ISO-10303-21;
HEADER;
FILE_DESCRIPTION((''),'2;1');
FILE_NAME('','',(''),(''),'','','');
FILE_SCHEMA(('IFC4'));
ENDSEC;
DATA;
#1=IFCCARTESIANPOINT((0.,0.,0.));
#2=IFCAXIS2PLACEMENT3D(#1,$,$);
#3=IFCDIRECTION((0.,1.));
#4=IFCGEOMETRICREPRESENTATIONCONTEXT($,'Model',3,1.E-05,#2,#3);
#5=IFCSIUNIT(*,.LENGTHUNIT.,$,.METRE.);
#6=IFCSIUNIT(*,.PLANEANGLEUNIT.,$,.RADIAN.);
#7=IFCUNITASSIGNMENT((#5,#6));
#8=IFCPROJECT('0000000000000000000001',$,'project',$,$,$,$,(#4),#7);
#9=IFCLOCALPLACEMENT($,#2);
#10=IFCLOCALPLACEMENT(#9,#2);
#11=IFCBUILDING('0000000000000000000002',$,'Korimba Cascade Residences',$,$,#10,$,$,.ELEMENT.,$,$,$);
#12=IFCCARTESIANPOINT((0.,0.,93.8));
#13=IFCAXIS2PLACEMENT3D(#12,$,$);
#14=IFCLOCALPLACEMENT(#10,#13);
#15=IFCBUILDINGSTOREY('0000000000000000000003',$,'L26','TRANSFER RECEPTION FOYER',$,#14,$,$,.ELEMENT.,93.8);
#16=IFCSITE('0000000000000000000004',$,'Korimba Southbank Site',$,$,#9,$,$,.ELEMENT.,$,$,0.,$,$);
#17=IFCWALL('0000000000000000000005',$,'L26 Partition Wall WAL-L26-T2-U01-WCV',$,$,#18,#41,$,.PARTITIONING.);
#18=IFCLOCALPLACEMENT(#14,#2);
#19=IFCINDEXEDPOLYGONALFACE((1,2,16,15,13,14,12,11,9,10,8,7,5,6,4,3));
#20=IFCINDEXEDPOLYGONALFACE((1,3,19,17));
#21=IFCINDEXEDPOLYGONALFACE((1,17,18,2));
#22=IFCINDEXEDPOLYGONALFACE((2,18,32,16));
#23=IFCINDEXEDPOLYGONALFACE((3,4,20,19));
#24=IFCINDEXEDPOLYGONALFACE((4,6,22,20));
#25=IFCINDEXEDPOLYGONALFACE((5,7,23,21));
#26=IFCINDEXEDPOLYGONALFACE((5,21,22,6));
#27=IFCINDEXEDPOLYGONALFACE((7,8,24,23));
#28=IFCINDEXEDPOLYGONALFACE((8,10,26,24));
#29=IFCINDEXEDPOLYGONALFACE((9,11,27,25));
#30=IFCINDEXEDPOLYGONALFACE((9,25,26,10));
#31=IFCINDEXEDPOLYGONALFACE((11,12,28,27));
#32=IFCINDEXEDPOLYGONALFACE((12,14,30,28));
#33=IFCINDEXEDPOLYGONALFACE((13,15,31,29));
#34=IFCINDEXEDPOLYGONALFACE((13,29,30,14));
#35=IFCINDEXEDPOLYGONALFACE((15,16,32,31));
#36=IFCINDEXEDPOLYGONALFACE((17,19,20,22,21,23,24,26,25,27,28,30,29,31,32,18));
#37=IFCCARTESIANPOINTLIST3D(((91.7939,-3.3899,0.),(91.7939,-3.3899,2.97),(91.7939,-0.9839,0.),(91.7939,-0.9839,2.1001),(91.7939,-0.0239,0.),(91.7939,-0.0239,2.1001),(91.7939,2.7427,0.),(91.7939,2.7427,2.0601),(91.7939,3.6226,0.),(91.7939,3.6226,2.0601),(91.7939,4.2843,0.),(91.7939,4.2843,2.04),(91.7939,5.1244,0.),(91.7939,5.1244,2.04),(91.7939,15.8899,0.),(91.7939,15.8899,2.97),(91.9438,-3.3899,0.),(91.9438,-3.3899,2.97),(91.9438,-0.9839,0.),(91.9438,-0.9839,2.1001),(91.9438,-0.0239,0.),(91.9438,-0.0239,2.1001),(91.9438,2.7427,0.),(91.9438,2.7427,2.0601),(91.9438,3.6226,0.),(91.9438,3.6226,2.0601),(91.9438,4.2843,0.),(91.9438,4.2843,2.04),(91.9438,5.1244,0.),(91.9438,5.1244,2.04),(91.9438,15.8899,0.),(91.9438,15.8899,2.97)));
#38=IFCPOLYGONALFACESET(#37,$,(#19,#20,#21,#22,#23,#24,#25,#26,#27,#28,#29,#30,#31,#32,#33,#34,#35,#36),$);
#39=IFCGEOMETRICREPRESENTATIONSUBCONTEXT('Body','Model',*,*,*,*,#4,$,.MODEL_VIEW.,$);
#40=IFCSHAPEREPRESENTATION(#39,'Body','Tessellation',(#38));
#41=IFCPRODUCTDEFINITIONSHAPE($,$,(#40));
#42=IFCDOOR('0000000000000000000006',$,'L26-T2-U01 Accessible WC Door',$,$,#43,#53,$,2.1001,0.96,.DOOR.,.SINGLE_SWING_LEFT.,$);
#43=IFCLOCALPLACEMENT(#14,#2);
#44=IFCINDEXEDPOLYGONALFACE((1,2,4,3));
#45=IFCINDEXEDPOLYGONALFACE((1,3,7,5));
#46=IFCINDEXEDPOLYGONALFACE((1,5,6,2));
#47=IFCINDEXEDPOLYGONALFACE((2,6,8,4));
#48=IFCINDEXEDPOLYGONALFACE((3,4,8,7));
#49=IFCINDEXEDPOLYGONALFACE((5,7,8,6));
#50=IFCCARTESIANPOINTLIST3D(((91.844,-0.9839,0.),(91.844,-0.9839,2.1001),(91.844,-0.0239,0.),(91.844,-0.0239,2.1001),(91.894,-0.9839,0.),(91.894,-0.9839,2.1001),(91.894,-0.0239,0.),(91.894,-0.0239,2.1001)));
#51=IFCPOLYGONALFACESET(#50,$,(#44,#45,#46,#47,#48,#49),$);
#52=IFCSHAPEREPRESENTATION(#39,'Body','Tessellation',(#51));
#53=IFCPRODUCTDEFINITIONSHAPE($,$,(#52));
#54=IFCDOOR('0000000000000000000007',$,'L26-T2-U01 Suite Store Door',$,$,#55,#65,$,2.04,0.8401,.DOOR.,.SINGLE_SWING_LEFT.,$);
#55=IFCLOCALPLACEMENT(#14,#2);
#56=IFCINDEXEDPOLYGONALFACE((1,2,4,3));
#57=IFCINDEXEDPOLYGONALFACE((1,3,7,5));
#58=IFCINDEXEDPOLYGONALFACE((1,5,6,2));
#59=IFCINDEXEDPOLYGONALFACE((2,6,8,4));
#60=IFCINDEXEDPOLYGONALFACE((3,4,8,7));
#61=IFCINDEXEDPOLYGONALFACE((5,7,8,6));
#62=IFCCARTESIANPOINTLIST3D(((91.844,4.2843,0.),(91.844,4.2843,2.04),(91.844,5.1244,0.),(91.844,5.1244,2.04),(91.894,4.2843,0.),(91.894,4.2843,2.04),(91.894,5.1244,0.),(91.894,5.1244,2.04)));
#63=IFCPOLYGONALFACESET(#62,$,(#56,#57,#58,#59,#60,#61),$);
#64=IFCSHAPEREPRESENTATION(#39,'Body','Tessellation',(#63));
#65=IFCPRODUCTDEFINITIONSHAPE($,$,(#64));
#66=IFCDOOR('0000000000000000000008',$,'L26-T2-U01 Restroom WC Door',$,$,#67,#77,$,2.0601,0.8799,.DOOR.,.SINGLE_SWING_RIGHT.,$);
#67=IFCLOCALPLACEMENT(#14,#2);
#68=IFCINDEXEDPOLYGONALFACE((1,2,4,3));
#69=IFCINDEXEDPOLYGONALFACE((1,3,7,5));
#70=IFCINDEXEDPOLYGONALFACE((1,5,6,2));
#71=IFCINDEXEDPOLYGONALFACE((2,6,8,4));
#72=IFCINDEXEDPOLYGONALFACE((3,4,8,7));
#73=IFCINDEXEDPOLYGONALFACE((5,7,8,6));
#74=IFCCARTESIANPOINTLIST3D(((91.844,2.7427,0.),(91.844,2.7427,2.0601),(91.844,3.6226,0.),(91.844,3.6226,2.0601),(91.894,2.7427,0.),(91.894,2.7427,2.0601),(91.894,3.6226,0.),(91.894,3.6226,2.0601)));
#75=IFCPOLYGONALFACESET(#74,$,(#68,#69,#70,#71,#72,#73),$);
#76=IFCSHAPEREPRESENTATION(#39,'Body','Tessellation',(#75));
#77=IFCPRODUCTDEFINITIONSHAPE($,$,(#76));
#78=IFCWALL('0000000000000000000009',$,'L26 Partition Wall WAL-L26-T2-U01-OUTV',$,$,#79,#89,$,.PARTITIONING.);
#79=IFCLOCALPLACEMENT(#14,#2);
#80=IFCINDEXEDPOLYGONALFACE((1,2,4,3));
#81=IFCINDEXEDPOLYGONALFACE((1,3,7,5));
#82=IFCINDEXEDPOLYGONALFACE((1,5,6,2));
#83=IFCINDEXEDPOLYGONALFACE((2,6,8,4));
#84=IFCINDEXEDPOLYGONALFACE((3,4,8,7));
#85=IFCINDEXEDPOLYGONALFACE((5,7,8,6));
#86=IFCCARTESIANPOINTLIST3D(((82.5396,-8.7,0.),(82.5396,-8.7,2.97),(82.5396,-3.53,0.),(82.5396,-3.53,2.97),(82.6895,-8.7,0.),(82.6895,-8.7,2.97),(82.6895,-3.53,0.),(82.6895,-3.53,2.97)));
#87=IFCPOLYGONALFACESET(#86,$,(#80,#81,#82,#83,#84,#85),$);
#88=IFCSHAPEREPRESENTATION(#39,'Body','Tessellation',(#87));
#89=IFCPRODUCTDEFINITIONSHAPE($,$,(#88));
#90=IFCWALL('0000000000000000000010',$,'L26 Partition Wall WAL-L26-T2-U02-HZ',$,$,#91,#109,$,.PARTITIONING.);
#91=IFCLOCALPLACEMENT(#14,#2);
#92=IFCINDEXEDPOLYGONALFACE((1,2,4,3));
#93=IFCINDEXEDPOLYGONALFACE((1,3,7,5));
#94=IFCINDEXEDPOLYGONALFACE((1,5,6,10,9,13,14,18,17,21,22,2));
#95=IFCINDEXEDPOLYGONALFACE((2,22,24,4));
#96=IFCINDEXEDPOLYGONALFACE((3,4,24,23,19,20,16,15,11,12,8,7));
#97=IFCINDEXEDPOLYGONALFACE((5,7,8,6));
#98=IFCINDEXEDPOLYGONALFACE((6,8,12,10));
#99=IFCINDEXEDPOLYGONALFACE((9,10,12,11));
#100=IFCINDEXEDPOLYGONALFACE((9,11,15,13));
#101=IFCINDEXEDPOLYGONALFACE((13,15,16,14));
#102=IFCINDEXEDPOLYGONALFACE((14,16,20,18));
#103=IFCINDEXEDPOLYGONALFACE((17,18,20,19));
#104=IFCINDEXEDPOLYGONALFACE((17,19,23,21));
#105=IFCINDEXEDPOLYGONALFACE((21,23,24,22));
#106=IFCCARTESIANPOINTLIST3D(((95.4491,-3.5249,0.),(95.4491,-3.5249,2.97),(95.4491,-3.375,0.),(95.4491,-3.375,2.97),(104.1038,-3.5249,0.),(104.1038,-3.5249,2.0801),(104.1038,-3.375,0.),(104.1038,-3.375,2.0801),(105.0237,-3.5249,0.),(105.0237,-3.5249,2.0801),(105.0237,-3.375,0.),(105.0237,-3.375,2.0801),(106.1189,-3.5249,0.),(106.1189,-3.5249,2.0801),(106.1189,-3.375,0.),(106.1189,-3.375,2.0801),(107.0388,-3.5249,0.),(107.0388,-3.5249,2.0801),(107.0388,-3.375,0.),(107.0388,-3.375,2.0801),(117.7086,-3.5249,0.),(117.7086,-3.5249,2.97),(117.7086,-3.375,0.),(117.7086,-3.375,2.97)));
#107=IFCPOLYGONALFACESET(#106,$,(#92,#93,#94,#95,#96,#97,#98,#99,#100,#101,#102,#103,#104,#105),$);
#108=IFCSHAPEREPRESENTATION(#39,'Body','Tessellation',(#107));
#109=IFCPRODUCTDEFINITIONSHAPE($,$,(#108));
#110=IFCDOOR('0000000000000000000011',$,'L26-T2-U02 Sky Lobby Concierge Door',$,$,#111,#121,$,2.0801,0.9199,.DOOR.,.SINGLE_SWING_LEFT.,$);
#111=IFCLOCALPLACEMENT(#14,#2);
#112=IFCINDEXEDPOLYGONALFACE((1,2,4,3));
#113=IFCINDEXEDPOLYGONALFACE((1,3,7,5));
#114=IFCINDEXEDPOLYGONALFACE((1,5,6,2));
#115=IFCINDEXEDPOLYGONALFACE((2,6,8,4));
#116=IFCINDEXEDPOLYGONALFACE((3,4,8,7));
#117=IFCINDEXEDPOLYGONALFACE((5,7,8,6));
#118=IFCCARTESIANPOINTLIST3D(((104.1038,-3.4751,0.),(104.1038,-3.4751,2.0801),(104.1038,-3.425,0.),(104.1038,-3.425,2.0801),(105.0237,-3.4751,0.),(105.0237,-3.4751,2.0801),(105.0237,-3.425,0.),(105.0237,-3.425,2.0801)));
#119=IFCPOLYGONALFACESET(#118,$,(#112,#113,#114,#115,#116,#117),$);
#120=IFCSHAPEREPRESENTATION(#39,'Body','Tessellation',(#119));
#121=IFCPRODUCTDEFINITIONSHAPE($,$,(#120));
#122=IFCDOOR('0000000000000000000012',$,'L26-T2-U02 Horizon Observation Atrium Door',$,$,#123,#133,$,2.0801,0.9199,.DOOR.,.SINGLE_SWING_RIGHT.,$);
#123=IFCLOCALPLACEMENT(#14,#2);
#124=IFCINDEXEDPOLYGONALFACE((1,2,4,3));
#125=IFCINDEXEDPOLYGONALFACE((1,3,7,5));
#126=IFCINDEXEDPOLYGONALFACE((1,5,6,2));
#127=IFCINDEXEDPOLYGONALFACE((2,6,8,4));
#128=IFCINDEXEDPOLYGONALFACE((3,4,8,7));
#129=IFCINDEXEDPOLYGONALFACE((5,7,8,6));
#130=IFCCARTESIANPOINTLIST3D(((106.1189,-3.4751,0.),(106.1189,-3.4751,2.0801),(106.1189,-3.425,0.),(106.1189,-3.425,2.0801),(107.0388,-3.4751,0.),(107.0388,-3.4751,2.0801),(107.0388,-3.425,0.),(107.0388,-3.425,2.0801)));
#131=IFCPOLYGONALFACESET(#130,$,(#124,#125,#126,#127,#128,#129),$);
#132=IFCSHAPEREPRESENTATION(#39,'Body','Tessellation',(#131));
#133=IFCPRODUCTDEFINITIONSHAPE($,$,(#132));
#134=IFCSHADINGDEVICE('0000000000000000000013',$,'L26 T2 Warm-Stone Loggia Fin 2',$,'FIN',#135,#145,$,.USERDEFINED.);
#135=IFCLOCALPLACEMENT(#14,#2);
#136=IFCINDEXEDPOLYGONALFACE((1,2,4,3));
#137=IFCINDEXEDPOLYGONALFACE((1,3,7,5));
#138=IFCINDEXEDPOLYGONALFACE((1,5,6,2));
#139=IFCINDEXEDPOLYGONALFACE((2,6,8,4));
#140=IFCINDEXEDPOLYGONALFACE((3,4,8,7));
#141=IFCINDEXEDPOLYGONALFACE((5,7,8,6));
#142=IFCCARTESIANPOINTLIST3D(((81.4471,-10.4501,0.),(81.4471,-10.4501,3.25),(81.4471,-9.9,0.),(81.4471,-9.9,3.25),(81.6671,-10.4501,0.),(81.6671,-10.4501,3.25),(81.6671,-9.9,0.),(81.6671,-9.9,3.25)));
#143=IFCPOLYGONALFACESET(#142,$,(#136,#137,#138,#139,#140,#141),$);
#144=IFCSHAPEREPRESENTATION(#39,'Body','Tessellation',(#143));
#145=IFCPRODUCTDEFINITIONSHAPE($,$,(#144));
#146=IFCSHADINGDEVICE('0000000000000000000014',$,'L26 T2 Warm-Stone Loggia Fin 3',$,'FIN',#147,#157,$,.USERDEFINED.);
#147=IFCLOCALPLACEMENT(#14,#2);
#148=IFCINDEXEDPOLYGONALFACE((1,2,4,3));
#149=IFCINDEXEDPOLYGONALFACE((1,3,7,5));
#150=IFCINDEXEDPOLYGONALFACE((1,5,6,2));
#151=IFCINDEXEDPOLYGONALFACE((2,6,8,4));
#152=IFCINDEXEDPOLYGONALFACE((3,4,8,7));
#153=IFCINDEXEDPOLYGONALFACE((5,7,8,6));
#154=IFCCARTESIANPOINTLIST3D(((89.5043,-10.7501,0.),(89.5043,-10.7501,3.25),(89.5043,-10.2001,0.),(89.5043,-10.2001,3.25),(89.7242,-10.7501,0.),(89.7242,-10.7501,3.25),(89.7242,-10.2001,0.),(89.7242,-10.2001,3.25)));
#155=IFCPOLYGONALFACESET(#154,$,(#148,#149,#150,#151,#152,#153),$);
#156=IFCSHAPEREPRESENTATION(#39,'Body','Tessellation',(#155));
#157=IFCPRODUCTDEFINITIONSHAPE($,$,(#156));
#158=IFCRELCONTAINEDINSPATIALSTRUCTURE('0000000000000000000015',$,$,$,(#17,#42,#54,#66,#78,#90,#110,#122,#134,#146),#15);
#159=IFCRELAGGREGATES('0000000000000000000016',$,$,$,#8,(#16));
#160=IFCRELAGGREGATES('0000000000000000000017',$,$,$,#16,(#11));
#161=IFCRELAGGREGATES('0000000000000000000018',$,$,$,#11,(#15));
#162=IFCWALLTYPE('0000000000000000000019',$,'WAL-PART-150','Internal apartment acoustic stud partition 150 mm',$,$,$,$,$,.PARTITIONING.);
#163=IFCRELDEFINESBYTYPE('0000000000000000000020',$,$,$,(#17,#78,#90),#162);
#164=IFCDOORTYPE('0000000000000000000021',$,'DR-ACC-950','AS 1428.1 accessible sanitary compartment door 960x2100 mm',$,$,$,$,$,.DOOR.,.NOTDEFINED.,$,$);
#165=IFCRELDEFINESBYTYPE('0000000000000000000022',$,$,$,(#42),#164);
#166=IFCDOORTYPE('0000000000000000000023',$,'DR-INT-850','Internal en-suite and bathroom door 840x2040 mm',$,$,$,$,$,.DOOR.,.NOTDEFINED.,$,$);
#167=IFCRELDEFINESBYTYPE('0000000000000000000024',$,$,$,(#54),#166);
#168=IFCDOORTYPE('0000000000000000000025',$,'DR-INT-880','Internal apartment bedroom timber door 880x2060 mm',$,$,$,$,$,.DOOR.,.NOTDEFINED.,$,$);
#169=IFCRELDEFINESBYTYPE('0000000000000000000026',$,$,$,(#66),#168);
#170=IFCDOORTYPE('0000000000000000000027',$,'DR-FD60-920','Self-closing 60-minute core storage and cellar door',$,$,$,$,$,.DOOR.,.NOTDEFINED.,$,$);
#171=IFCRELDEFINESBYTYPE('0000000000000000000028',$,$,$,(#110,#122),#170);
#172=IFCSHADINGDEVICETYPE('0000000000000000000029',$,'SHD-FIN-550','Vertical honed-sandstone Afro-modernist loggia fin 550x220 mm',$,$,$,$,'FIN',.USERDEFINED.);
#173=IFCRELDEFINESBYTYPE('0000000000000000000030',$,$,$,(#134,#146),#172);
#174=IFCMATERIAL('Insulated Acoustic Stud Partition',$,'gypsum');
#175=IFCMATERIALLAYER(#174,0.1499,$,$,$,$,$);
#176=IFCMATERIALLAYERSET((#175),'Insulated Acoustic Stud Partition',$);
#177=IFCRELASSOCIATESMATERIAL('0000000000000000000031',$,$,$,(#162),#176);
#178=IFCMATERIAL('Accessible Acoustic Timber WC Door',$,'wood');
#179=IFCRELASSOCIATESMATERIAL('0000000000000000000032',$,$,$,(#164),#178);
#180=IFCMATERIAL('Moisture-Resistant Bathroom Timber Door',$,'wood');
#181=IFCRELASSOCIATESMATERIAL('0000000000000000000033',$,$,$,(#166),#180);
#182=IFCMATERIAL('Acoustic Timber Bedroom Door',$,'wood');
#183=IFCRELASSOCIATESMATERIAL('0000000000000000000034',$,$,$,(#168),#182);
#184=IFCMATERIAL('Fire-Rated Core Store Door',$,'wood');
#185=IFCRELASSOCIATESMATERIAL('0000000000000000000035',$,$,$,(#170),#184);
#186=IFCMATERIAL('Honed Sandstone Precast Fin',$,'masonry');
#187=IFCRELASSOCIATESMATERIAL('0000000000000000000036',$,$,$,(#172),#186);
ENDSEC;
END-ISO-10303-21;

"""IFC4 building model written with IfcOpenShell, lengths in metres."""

from ifc_helpers import new_model, si_unit, direction, frame, frame_2d, origin, origin_2d, place, context, subcontext, project, spatial, rectangle, extrude, material, layer, layer_set, type_object, element, fill, save


model = new_model("IFC4")

# Units and contexts
model_context = context("Model", 3, precision=1e-05, world=origin(), true_north=direction((0.0, 1.0)))
body_context = subcontext(model_context, "Body", "Model", "MODEL_VIEW")
ifc_project = project(units=[si_unit("LENGTHUNIT", "METRE"), si_unit("PLANEANGLEUNIT", "RADIAN")], contexts=[model_context])

# Site, building, storey
site_placement = place(None, origin())
site = spatial("IfcSite", under=ifc_project, at=site_placement, Name="Korimba Southbank Site", CompositionType="ELEMENT", RefElevation=0.0)
building_placement = place(site_placement, origin())
building = spatial("IfcBuilding", under=site, at=building_placement, Name="Korimba Cascade Residences", CompositionType="ELEMENT")
storey_placement = place(building_placement, frame((0.0, 0.0, 93.8)))
storey = spatial("IfcBuildingStorey", under=building, at=storey_placement, Name="L26", Description="TRANSFER RECEPTION FOYER", CompositionType="ELEMENT", Elevation=93.8)

# Shared definitions
ifc_material_1 = material(Name="Insulated Acoustic Stud Partition", Category="gypsum")
ifc_layer_1 = layer(ifc_material_1, 0.1499)
ifc_layer_set_1 = layer_set([ifc_layer_1], Name="Insulated Acoustic Stud Partition")
wall_type_1 = type_object("IfcWallType", Name="WAL-PART-150", Description="Internal apartment acoustic stud partition 150 mm", PredefinedType="PARTITIONING", material=ifc_layer_set_1)

# Wall, openings, doors
wall_1_placement = place(storey_placement, frame((91.8689, -3.3899, 0.0), z_axis=(0.0, 0.0, 1.0), x_axis=(0.0, 1.0, 0.0)))
wall_1 = element("IfcWall", 1, at=wall_1_placement, inside=storey, type_object=wall_type_1, Name="L26 Partition Wall WAL-L26-T2-U01-WCV", PredefinedType="PARTITIONING", context=body_context, shape_type="SweptSolid", body=[
    extrude(rectangle(XDim=19.2798, YDim=0.1499, at=frame_2d((9.6399, 0.0))), origin(), (0.0, 0.0, 1.0), 2.97),
])
opening_1_placement = place(wall_1_placement, frame((2.406, 0.0, 0.0)))
opening_1 = element("IfcOpeningElement", 2, at=opening_1_placement, cuts=wall_1, PredefinedType="OPENING", context=body_context, shape_type="SweptSolid", body=[
    extrude(rectangle(XDim=0.96, YDim=2.1001, at=frame_2d((0.48, 1.05))), frame((0.0, 0.085, 0.0), z_axis=(0.0, -1.0, 0.0), x_axis=(1.0, 0.0, 0.0)), (0.0, 0.0, 1.0), 0.1699),
])
opening_2_placement = place(wall_1_placement, frame((6.1326, 0.0, 0.0)))
opening_2 = element("IfcOpeningElement", 3, at=opening_2_placement, cuts=wall_1, PredefinedType="OPENING", context=body_context, shape_type="SweptSolid", body=[
    extrude(rectangle(XDim=0.8799, YDim=2.0601, at=frame_2d((0.4399, 1.03))), frame((0.0, 0.085, 0.0), z_axis=(0.0, -1.0, 0.0), x_axis=(1.0, 0.0, 0.0)), (0.0, 0.0, 1.0), 0.1699),
])
opening_3_placement = place(wall_1_placement, frame((7.6743, 0.0, 0.0)))
opening_3 = element("IfcOpeningElement", 4, at=opening_3_placement, cuts=wall_1, PredefinedType="OPENING", context=body_context, shape_type="SweptSolid", body=[
    extrude(rectangle(XDim=0.8401, YDim=2.04, at=frame_2d((0.4199, 1.02))), frame((0.0, 0.085, 0.0), z_axis=(0.0, -1.0, 0.0), x_axis=(1.0, 0.0, 0.0)), (0.0, 0.0, 1.0), 0.1699),
])
ifc_material_2 = material(Name="Accessible Acoustic Timber WC Door", Category="wood")
door_type_1 = type_object("IfcDoorType", Name="DR-ACC-950", Description="AS 1428.1 accessible sanitary compartment door 960x2100 mm", OperationType="NOTDEFINED", PredefinedType="DOOR", material=ifc_material_2)
door_1_placement = place(opening_1_placement, origin())
door_1 = element("IfcDoor", 5, at=door_1_placement, inside=storey, type_object=door_type_1, Name="L26-T2-U01 Accessible WC Door", OperationType="SINGLE_SWING_LEFT", OverallHeight=2.1001, OverallWidth=0.96, PredefinedType="DOOR", context=body_context, shape_type="SweptSolid", body=[
    extrude(rectangle(XDim=0.96, YDim=2.1001, at=frame_2d((0.48, 1.05))), frame((0.0, 0.0249, 0.0), z_axis=(0.0, -1.0, 0.0), x_axis=(1.0, 0.0, 0.0)), (0.0, 0.0, 1.0), 0.05),
])
fill(opening_1, door_1)
ifc_material_3 = material(Name="Moisture-Resistant Bathroom Timber Door", Category="wood")
door_type_2 = type_object("IfcDoorType", Name="DR-INT-850", Description="Internal en-suite and bathroom door 840x2040 mm", OperationType="NOTDEFINED", PredefinedType="DOOR", material=ifc_material_3)
door_2_placement = place(opening_3_placement, origin())
door_2 = element("IfcDoor", 6, at=door_2_placement, inside=storey, type_object=door_type_2, Name="L26-T2-U01 Suite Store Door", OperationType="SINGLE_SWING_LEFT", OverallHeight=2.04, OverallWidth=0.8401, PredefinedType="DOOR", context=body_context, shape_type="SweptSolid", body=[
    extrude(rectangle(XDim=0.8401, YDim=2.04, at=frame_2d((0.4199, 1.02))), frame((0.0, 0.0249, 0.0), z_axis=(0.0, -1.0, 0.0), x_axis=(1.0, 0.0, 0.0)), (0.0, 0.0, 1.0), 0.05),
])
fill(opening_3, door_2)
ifc_material_4 = material(Name="Acoustic Timber Bedroom Door", Category="wood")
door_type_3 = type_object("IfcDoorType", Name="DR-INT-880", Description="Internal apartment bedroom timber door 880x2060 mm", OperationType="NOTDEFINED", PredefinedType="DOOR", material=ifc_material_4)
door_3_placement = place(opening_2_placement, origin())
door_3 = element("IfcDoor", 7, at=door_3_placement, inside=storey, type_object=door_type_3, Name="L26-T2-U01 Restroom WC Door", OperationType="SINGLE_SWING_RIGHT", OverallHeight=2.0601, OverallWidth=0.8799, PredefinedType="DOOR", context=body_context, shape_type="SweptSolid", body=[
    extrude(rectangle(XDim=0.8799, YDim=2.0601, at=frame_2d((0.4399, 1.03))), frame((0.0, 0.0249, 0.0), z_axis=(0.0, -1.0, 0.0), x_axis=(1.0, 0.0, 0.0)), (0.0, 0.0, 1.0), 0.05),
])
fill(opening_2, door_3)

# Wall
wall_2_placement = place(storey_placement, frame((82.6145, -8.7, 0.0), z_axis=(0.0, 0.0, 1.0), x_axis=(0.0, 1.0, 0.0)))
element("IfcWall", 8, at=wall_2_placement, inside=storey, type_object=wall_type_1, Name="L26 Partition Wall WAL-L26-T2-U01-OUTV", PredefinedType="PARTITIONING", context=body_context, shape_type="SweptSolid", body=[
    extrude(rectangle(XDim=5.1699, YDim=0.1499, at=frame_2d((2.585, 0.0))), origin(), (0.0, 0.0, 1.0), 2.97),
])

# Wall, openings, doors
wall_3_placement = place(storey_placement, frame((95.449, -3.45, 0.0), z_axis=(0.0, 0.0, 1.0), x_axis=(1.0, 0.0, 0.0)))
wall_3 = element("IfcWall", 9, at=wall_3_placement, inside=storey, type_object=wall_type_1, Name="L26 Partition Wall WAL-L26-T2-U02-HZ", PredefinedType="PARTITIONING", context=body_context, shape_type="SweptSolid", body=[
    extrude(rectangle(XDim=22.2595, YDim=0.1499, at=frame_2d((11.1299, 0.0))), origin(), (0.0, 0.0, 1.0), 2.97),
])
opening_4_placement = place(wall_3_placement, frame((8.6548, 0.0, 0.0)))
opening_4 = element("IfcOpeningElement", 10, at=opening_4_placement, cuts=wall_3, PredefinedType="OPENING", context=body_context, shape_type="SweptSolid", body=[
    extrude(rectangle(XDim=0.9199, YDim=2.0801, at=frame_2d((0.46, 1.04))), frame((0.0, 0.085, 0.0), z_axis=(0.0, -1.0, 0.0), x_axis=(1.0, 0.0, 0.0)), (0.0, 0.0, 1.0), 0.1699),
])
opening_5_placement = place(wall_3_placement, frame((10.6699, 0.0, 0.0)))
opening_5 = element("IfcOpeningElement", 11, at=opening_5_placement, cuts=wall_3, PredefinedType="OPENING", context=body_context, shape_type="SweptSolid", body=[
    extrude(rectangle(XDim=0.9199, YDim=2.0801, at=frame_2d((0.46, 1.04))), frame((0.0, 0.085, 0.0), z_axis=(0.0, -1.0, 0.0), x_axis=(1.0, 0.0, 0.0)), (0.0, 0.0, 1.0), 0.1699),
])
ifc_material_5 = material(Name="Fire-Rated Core Store Door", Category="wood")
door_type_4 = type_object("IfcDoorType", Name="DR-FD60-920", Description="Self-closing 60-minute core storage and cellar door", OperationType="NOTDEFINED", PredefinedType="DOOR", material=ifc_material_5)
door_4_placement = place(opening_4_placement, origin())
door_4 = element("IfcDoor", 12, at=door_4_placement, inside=storey, type_object=door_type_4, Name="L26-T2-U02 Sky Lobby Concierge Door", OperationType="SINGLE_SWING_LEFT", OverallHeight=2.0801, OverallWidth=0.9199, PredefinedType="DOOR", context=body_context, shape_type="SweptSolid", body=[
    extrude(rectangle(XDim=0.9199, YDim=2.0801, at=frame_2d((0.46, 1.04))), frame((0.0, 0.0249, 0.0), z_axis=(0.0, -1.0, 0.0), x_axis=(1.0, 0.0, 0.0)), (0.0, 0.0, 1.0), 0.05),
])
fill(opening_4, door_4)
door_5_placement = place(opening_5_placement, origin())
door_5 = element("IfcDoor", 13, at=door_5_placement, inside=storey, type_object=door_type_4, Name="L26-T2-U02 Horizon Observation Atrium Door", OperationType="SINGLE_SWING_RIGHT", OverallHeight=2.0801, OverallWidth=0.9199, PredefinedType="DOOR", context=body_context, shape_type="SweptSolid", body=[
    extrude(rectangle(XDim=0.9199, YDim=2.0801, at=frame_2d((0.46, 1.04))), frame((0.0, 0.0249, 0.0), z_axis=(0.0, -1.0, 0.0), x_axis=(1.0, 0.0, 0.0)), (0.0, 0.0, 1.0), 0.05),
])
fill(opening_5, door_5)

# Shading devices
ifc_material_6 = material(Name="Honed Sandstone Precast Fin", Category="masonry")
shading_device_type = type_object("IfcShadingDeviceType", Name="SHD-FIN-550", Description="Vertical honed-sandstone Afro-modernist loggia fin 550x220 mm", ElementType="FIN", PredefinedType="USERDEFINED", material=ifc_material_6)
for number, where, z_axis, x_axis, name in (
    (14, (81.5571, -10.175, 0.0), (0.0, 0.0, 1.0), (1.0, 0.0, 0.0), "L26 T2 Warm-Stone Loggia Fin 2"),
    (15, (89.6143, -10.4751, 0.0), (0.0, 0.0, 1.0), (1.0, 0.0, 0.0), "L26 T2 Warm-Stone Loggia Fin 3"),
):
    element("IfcShadingDevice", number, at=place(storey_placement, frame(where, z_axis=z_axis, x_axis=x_axis)), inside=storey, type_object=shading_device_type, Name=name, ObjectType="FIN", PredefinedType="USERDEFINED", context=body_context, shape_type="SweptSolid", body=[
        extrude(rectangle(XDim=0.22, YDim=0.55, at=origin_2d()), origin(), (0.0, 0.0, 1.0), 3.25),
    ])

save(model, "model.ifc")
